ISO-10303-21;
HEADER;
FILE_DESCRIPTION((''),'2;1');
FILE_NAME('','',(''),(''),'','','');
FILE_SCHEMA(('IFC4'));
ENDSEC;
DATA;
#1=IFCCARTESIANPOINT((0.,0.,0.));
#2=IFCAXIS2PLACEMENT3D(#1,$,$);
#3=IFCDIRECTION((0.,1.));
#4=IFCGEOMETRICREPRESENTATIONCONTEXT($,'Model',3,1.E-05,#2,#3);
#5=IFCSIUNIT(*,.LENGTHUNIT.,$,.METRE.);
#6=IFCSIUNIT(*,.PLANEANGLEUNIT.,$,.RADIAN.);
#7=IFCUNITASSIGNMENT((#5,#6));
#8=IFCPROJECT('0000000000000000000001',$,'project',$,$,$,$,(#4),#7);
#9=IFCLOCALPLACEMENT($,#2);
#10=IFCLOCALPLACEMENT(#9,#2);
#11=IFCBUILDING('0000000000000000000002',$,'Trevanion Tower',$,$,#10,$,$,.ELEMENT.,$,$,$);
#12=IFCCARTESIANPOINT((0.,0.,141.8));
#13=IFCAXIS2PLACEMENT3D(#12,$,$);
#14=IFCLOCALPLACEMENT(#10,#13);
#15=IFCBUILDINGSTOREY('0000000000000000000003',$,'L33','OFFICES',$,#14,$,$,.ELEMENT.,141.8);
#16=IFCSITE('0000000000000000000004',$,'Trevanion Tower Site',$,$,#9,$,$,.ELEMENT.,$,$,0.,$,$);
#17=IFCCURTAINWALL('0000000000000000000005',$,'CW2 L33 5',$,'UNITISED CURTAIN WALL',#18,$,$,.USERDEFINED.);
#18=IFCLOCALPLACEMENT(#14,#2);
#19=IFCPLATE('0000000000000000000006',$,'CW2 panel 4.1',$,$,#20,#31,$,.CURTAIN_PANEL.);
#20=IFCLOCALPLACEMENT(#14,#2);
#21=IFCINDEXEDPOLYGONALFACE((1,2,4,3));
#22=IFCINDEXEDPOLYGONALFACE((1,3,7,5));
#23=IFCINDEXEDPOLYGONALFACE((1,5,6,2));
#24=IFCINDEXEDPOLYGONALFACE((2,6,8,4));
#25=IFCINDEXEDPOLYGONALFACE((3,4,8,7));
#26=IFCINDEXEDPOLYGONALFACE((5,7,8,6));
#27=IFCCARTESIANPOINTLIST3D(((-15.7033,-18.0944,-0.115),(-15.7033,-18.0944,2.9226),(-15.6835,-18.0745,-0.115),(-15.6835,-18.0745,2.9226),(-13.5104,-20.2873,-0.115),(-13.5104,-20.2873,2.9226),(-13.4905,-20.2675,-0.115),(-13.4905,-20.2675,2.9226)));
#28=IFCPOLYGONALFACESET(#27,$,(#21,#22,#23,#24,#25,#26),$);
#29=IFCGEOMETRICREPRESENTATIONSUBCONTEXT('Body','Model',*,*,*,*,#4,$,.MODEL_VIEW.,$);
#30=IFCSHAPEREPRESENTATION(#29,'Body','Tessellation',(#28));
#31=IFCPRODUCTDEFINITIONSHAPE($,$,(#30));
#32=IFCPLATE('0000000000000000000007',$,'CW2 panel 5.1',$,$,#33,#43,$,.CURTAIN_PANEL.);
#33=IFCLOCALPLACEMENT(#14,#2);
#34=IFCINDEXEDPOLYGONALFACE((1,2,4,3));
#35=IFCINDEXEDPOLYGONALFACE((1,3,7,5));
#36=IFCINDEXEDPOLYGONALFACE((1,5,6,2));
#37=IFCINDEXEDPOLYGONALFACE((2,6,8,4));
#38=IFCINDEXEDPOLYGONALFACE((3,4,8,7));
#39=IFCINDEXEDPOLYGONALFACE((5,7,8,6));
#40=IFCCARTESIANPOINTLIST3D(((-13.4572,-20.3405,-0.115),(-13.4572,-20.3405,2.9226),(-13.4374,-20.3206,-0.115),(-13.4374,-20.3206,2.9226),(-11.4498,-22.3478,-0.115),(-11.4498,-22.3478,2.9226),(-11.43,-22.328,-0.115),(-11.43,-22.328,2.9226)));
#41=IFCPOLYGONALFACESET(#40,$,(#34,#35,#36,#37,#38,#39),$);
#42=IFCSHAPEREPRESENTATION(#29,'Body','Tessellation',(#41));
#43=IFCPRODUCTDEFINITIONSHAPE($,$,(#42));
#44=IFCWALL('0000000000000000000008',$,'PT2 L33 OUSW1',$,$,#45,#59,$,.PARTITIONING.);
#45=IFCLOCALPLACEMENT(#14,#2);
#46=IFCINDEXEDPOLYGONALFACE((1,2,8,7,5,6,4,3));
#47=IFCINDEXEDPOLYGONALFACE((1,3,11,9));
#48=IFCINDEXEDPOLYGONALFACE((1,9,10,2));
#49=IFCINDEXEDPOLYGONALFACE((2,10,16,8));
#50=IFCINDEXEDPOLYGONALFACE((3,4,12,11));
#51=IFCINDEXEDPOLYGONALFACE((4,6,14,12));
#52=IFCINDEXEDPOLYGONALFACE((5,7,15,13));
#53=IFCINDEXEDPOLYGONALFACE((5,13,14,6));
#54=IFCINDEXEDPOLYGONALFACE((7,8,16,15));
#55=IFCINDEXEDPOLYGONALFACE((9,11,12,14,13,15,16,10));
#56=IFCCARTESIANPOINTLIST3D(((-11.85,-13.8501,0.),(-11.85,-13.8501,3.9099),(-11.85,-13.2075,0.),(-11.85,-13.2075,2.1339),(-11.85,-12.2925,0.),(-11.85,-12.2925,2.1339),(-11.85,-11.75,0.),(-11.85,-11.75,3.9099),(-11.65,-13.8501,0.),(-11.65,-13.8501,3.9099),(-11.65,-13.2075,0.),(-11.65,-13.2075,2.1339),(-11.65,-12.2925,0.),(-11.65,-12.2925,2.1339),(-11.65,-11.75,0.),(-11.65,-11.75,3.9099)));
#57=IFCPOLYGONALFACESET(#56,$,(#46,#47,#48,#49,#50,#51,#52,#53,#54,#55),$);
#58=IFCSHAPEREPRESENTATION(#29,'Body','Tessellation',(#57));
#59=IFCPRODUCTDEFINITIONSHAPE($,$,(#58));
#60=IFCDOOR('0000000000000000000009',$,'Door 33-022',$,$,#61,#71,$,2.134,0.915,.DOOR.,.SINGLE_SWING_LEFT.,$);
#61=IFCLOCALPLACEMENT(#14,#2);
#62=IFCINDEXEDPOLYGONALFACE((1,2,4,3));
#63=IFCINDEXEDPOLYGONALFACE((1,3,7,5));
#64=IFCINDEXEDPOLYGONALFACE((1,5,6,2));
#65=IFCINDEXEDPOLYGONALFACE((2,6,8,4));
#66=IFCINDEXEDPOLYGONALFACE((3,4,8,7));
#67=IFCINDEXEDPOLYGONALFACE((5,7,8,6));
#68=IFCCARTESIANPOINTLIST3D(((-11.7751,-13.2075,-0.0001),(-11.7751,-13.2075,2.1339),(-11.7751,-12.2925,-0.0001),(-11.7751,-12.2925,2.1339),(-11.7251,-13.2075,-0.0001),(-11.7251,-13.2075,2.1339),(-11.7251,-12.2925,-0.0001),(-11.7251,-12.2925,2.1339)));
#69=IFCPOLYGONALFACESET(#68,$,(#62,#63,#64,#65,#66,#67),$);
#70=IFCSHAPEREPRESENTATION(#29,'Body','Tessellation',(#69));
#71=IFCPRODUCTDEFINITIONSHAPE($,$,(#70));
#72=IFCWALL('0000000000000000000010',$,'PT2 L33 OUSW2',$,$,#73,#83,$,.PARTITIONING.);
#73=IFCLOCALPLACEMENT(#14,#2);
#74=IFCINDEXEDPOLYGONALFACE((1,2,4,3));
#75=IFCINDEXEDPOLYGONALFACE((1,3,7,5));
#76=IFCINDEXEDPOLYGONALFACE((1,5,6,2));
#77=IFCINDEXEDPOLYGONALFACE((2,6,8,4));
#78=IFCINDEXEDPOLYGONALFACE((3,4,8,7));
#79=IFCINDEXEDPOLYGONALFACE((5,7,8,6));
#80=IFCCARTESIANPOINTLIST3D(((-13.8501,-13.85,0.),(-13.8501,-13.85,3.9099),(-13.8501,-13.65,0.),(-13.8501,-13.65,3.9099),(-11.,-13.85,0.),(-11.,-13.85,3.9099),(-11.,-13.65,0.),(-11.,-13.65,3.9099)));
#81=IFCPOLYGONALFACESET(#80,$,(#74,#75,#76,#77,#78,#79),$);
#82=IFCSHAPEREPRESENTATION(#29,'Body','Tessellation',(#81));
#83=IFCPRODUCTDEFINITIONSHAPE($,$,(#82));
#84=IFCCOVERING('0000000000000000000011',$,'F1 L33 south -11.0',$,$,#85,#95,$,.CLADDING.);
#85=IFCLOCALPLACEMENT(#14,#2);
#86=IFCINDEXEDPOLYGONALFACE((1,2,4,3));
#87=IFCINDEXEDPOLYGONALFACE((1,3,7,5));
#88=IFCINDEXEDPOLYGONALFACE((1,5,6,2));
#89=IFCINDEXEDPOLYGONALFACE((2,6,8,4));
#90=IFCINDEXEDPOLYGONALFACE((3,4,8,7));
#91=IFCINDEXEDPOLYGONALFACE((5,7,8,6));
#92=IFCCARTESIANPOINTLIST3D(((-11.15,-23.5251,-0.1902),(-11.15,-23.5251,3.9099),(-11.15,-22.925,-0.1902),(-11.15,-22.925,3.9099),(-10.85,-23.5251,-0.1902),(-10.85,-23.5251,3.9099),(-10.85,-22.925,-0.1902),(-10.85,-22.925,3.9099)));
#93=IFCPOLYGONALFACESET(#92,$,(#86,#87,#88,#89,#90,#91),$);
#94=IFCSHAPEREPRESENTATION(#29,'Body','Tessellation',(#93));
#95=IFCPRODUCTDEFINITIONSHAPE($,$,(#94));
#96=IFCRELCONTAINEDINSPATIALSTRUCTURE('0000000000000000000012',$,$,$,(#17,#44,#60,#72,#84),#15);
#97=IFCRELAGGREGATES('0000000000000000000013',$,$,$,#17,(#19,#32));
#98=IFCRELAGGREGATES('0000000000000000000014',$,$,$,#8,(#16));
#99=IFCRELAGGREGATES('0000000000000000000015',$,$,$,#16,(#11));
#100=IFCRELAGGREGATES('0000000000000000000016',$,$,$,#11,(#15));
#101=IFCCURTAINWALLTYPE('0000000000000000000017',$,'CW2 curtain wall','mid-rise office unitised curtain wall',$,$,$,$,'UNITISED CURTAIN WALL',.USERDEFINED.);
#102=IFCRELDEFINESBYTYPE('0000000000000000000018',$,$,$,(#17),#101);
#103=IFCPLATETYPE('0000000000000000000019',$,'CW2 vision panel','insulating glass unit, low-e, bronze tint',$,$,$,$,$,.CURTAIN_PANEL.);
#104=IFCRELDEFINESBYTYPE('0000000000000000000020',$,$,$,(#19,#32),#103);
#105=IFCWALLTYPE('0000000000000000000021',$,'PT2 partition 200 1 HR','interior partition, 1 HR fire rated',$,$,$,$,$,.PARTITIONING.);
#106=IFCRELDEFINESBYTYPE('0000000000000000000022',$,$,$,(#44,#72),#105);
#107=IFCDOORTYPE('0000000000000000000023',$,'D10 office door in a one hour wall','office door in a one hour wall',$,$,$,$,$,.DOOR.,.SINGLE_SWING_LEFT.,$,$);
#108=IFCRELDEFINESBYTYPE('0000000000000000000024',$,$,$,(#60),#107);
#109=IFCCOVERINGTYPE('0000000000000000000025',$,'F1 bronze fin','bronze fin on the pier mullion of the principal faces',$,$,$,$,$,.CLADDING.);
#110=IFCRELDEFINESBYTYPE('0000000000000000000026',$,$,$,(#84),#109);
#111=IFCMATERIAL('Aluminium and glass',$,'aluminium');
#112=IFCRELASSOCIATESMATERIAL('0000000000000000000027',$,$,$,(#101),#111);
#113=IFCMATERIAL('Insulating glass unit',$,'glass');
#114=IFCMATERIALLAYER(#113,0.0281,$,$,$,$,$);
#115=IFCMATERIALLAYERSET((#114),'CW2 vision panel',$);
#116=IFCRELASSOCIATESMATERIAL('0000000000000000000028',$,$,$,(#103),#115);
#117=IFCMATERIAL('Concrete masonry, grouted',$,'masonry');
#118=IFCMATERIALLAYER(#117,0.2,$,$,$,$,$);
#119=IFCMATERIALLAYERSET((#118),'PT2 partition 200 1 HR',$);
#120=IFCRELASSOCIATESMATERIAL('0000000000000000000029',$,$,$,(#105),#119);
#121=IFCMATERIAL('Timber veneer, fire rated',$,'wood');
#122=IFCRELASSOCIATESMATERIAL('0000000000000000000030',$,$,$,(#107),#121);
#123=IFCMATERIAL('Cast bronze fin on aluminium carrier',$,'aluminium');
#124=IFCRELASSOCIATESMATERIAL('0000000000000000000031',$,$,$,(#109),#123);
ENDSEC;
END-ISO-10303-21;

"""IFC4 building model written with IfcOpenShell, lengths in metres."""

from ifc_helpers import new_model, si_unit, direction, frame, frame_2d, origin, origin_2d, place, context, subcontext, project, spatial, rectangle, extrude, material, layer, layer_set, type_object, element, fill, aggregate, save


model = new_model("IFC4")

# Units and contexts
model_context = context("Model", 3, precision=1e-05, world=origin(), true_north=direction((0.0, 1.0)))
body_context = subcontext(model_context, "Body", "Model", "MODEL_VIEW")
ifc_project = project(units=[si_unit("LENGTHUNIT", "METRE"), si_unit("PLANEANGLEUNIT", "RADIAN")], contexts=[model_context])

# Site, building, storey
site_placement = place(None, origin())
site = spatial("IfcSite", under=ifc_project, at=site_placement, Name="Trevanion Tower Site", CompositionType="ELEMENT", RefElevation=0.0)
building_placement = place(site_placement, origin())
building = spatial("IfcBuilding", under=site, at=building_placement, Name="Trevanion Tower", CompositionType="ELEMENT")
storey_placement = place(building_placement, frame((0.0, 0.0, 141.8)))
storey = spatial("IfcBuildingStorey", under=building, at=storey_placement, Name="L33", Description="OFFICES", CompositionType="ELEMENT", Elevation=141.8)

# Curtain wall
ifc_material_1 = material(Name="Aluminium and glass", Category="aluminium")
curtain_wall_type = type_object("IfcCurtainWallType", Name="CW2 curtain wall", Description="mid-rise office unitised curtain wall", ElementType="UNITISED CURTAIN WALL", PredefinedType="USERDEFINED", material=ifc_material_1)
curtain_wall_placement = place(storey_placement, origin())
curtain_wall = element("IfcCurtainWall", 1, at=curtain_wall_placement, inside=storey, type_object=curtain_wall_type, Name="CW2 L33 5", ObjectType="UNITISED CURTAIN WALL", PredefinedType="USERDEFINED")

# Plates
ifc_material_2 = material(Name="Insulating glass unit", Category="glass")
ifc_layer_1 = layer(ifc_material_2, 0.0281)
ifc_layer_set_1 = layer_set([ifc_layer_1], Name="CW2 vision panel")
plate_type_1 = type_object("IfcPlateType", Name="CW2 vision panel", Description="insulating glass unit, low-e, bronze tint", PredefinedType="CURTAIN_PANEL", material=ifc_layer_set_1)
plate_1_placement = place(storey_placement, frame((-14.5969, -19.1809, -0.115), z_axis=(0.0, 0.0, 1.0), x_axis=(0.707107, -0.707107, 0.0)))
plate_1 = element("IfcPlate", 2, at=plate_1_placement, type_object=plate_type_1, Name="CW2 panel 4.1", PredefinedType="CURTAIN_PANEL", context=body_context, shape_type="SweptSolid", body=[
    extrude(rectangle(XDim=3.1013, YDim=0.0281, at=origin_2d()), origin(), (0.0, 0.0, 1.0), 3.0376),
])
plate_2_placement = place(storey_placement, frame((-12.4436, -21.3342, -0.115), z_axis=(0.0, 0.0, 1.0), x_axis=(0.707107, -0.707107, 0.0)))
plate_2 = element("IfcPlate", 3, at=plate_2_placement, type_object=plate_type_1, Name="CW2 panel 5.1", PredefinedType="CURTAIN_PANEL", context=body_context, shape_type="SweptSolid", body=[
    extrude(rectangle(XDim=2.8389, YDim=0.0281, at=origin_2d()), origin(), (0.0, 0.0, 1.0), 3.0376),
])
aggregate(curtain_wall, [plate_1, plate_2])

# Wall, opening, door
ifc_material_3 = material(Name="Concrete masonry, grouted", Category="masonry")
ifc_layer_2 = layer(ifc_material_3, 0.2)
ifc_layer_set_2 = layer_set([ifc_layer_2], Name="PT2 partition 200 1 HR")
wall_type = type_object("IfcWallType", Name="PT2 partition 200 1 HR", Description="interior partition, 1 HR fire rated", PredefinedType="PARTITIONING", material=ifc_layer_set_2)
wall_1_placement = place(storey_placement, frame((-11.75, -11.75, 0.0), z_axis=(0.0, 0.0, 1.0), x_axis=(0.0, -1.0, 0.0)))
wall_1 = element("IfcWall", 4, at=wall_1_placement, inside=storey, type_object=wall_type, Name="PT2 L33 OUSW1", PredefinedType="PARTITIONING", context=body_context, shape_type="SweptSolid", body=[
    extrude(rectangle(XDim=2.1001, YDim=0.2, at=frame_2d((1.05, 0.0))), origin(), (0.0, 0.0, 1.0), 3.9099),
])
opening_placement = place(wall_1_placement, frame((0.5425, 0.0, 0.0)))
opening = element("IfcOpeningElement", 5, at=opening_placement, cuts=wall_1, PredefinedType="OPENING", context=body_context, shape_type="SweptSolid", body=[
    extrude(rectangle(XDim=0.915, YDim=2.134, at=frame_2d((0.4575, 1.0669))), frame((0.0, 0.1099, 0.0), z_axis=(0.0, -1.0, 0.0), x_axis=(1.0, 0.0, 0.0)), (0.0, 0.0, 1.0), 0.22),
])
ifc_material_4 = material(Name="Timber veneer, fire rated", Category="wood")
door_type = type_object("IfcDoorType", Name="D10 office door in a one hour wall", Description="office door in a one hour wall", OperationType="SINGLE_SWING_LEFT", PredefinedType="DOOR", material=ifc_material_4)
door_placement = place(opening_placement, origin())
door = element("IfcDoor", 6, at=door_placement, inside=storey, type_object=door_type, Name="Door 33-022", OperationType="SINGLE_SWING_LEFT", OverallHeight=2.134, OverallWidth=0.915, PredefinedType="DOOR", context=body_context, shape_type="SweptSolid", body=[
    extrude(rectangle(XDim=0.915, YDim=2.134, at=frame_2d((0.4575, 1.0669))), frame((0.0, 0.0249, 0.0), z_axis=(0.0, -1.0, 0.0), x_axis=(1.0, 0.0, 0.0)), (0.0, 0.0, 1.0), 0.05),
])
fill(opening, door)

# Wall
wall_2_placement = place(storey_placement, frame((-11.0, -13.75, 0.0), z_axis=(0.0, 0.0, 1.0), x_axis=(-1.0, 0.0, 0.0)))
element("IfcWall", 7, at=wall_2_placement, inside=storey, type_object=wall_type, Name="PT2 L33 OUSW2", PredefinedType="PARTITIONING", context=body_context, shape_type="SweptSolid", body=[
    extrude(rectangle(XDim=2.8501, YDim=0.2, at=frame_2d((1.425, 0.0))), origin(), (0.0, 0.0, 1.0), 3.9099),
])

# Covering
ifc_material_5 = material(Name="Cast bronze fin on aluminium carrier", Category="aluminium")
covering_type = type_object("IfcCoveringType", Name="F1 bronze fin", Description="bronze fin on the pier mullion of the principal faces", PredefinedType="CLADDING", material=ifc_material_5)
covering_placement = place(storey_placement, frame((-11.0, -23.2251, -0.1902), z_axis=(0.0, 0.0, 1.0), x_axis=(1.0, 0.0, 0.0)))
element("IfcCovering", 8, at=covering_placement, inside=storey, type_object=covering_type, Name="F1 L33 south -11.0", PredefinedType="CLADDING", context=body_context, shape_type="SweptSolid", body=[
    extrude(rectangle(XDim=0.3, YDim=0.6001, at=origin_2d()), origin(), (0.0, 0.0, 1.0), 4.1001),
])

save(model, "model.ifc")
